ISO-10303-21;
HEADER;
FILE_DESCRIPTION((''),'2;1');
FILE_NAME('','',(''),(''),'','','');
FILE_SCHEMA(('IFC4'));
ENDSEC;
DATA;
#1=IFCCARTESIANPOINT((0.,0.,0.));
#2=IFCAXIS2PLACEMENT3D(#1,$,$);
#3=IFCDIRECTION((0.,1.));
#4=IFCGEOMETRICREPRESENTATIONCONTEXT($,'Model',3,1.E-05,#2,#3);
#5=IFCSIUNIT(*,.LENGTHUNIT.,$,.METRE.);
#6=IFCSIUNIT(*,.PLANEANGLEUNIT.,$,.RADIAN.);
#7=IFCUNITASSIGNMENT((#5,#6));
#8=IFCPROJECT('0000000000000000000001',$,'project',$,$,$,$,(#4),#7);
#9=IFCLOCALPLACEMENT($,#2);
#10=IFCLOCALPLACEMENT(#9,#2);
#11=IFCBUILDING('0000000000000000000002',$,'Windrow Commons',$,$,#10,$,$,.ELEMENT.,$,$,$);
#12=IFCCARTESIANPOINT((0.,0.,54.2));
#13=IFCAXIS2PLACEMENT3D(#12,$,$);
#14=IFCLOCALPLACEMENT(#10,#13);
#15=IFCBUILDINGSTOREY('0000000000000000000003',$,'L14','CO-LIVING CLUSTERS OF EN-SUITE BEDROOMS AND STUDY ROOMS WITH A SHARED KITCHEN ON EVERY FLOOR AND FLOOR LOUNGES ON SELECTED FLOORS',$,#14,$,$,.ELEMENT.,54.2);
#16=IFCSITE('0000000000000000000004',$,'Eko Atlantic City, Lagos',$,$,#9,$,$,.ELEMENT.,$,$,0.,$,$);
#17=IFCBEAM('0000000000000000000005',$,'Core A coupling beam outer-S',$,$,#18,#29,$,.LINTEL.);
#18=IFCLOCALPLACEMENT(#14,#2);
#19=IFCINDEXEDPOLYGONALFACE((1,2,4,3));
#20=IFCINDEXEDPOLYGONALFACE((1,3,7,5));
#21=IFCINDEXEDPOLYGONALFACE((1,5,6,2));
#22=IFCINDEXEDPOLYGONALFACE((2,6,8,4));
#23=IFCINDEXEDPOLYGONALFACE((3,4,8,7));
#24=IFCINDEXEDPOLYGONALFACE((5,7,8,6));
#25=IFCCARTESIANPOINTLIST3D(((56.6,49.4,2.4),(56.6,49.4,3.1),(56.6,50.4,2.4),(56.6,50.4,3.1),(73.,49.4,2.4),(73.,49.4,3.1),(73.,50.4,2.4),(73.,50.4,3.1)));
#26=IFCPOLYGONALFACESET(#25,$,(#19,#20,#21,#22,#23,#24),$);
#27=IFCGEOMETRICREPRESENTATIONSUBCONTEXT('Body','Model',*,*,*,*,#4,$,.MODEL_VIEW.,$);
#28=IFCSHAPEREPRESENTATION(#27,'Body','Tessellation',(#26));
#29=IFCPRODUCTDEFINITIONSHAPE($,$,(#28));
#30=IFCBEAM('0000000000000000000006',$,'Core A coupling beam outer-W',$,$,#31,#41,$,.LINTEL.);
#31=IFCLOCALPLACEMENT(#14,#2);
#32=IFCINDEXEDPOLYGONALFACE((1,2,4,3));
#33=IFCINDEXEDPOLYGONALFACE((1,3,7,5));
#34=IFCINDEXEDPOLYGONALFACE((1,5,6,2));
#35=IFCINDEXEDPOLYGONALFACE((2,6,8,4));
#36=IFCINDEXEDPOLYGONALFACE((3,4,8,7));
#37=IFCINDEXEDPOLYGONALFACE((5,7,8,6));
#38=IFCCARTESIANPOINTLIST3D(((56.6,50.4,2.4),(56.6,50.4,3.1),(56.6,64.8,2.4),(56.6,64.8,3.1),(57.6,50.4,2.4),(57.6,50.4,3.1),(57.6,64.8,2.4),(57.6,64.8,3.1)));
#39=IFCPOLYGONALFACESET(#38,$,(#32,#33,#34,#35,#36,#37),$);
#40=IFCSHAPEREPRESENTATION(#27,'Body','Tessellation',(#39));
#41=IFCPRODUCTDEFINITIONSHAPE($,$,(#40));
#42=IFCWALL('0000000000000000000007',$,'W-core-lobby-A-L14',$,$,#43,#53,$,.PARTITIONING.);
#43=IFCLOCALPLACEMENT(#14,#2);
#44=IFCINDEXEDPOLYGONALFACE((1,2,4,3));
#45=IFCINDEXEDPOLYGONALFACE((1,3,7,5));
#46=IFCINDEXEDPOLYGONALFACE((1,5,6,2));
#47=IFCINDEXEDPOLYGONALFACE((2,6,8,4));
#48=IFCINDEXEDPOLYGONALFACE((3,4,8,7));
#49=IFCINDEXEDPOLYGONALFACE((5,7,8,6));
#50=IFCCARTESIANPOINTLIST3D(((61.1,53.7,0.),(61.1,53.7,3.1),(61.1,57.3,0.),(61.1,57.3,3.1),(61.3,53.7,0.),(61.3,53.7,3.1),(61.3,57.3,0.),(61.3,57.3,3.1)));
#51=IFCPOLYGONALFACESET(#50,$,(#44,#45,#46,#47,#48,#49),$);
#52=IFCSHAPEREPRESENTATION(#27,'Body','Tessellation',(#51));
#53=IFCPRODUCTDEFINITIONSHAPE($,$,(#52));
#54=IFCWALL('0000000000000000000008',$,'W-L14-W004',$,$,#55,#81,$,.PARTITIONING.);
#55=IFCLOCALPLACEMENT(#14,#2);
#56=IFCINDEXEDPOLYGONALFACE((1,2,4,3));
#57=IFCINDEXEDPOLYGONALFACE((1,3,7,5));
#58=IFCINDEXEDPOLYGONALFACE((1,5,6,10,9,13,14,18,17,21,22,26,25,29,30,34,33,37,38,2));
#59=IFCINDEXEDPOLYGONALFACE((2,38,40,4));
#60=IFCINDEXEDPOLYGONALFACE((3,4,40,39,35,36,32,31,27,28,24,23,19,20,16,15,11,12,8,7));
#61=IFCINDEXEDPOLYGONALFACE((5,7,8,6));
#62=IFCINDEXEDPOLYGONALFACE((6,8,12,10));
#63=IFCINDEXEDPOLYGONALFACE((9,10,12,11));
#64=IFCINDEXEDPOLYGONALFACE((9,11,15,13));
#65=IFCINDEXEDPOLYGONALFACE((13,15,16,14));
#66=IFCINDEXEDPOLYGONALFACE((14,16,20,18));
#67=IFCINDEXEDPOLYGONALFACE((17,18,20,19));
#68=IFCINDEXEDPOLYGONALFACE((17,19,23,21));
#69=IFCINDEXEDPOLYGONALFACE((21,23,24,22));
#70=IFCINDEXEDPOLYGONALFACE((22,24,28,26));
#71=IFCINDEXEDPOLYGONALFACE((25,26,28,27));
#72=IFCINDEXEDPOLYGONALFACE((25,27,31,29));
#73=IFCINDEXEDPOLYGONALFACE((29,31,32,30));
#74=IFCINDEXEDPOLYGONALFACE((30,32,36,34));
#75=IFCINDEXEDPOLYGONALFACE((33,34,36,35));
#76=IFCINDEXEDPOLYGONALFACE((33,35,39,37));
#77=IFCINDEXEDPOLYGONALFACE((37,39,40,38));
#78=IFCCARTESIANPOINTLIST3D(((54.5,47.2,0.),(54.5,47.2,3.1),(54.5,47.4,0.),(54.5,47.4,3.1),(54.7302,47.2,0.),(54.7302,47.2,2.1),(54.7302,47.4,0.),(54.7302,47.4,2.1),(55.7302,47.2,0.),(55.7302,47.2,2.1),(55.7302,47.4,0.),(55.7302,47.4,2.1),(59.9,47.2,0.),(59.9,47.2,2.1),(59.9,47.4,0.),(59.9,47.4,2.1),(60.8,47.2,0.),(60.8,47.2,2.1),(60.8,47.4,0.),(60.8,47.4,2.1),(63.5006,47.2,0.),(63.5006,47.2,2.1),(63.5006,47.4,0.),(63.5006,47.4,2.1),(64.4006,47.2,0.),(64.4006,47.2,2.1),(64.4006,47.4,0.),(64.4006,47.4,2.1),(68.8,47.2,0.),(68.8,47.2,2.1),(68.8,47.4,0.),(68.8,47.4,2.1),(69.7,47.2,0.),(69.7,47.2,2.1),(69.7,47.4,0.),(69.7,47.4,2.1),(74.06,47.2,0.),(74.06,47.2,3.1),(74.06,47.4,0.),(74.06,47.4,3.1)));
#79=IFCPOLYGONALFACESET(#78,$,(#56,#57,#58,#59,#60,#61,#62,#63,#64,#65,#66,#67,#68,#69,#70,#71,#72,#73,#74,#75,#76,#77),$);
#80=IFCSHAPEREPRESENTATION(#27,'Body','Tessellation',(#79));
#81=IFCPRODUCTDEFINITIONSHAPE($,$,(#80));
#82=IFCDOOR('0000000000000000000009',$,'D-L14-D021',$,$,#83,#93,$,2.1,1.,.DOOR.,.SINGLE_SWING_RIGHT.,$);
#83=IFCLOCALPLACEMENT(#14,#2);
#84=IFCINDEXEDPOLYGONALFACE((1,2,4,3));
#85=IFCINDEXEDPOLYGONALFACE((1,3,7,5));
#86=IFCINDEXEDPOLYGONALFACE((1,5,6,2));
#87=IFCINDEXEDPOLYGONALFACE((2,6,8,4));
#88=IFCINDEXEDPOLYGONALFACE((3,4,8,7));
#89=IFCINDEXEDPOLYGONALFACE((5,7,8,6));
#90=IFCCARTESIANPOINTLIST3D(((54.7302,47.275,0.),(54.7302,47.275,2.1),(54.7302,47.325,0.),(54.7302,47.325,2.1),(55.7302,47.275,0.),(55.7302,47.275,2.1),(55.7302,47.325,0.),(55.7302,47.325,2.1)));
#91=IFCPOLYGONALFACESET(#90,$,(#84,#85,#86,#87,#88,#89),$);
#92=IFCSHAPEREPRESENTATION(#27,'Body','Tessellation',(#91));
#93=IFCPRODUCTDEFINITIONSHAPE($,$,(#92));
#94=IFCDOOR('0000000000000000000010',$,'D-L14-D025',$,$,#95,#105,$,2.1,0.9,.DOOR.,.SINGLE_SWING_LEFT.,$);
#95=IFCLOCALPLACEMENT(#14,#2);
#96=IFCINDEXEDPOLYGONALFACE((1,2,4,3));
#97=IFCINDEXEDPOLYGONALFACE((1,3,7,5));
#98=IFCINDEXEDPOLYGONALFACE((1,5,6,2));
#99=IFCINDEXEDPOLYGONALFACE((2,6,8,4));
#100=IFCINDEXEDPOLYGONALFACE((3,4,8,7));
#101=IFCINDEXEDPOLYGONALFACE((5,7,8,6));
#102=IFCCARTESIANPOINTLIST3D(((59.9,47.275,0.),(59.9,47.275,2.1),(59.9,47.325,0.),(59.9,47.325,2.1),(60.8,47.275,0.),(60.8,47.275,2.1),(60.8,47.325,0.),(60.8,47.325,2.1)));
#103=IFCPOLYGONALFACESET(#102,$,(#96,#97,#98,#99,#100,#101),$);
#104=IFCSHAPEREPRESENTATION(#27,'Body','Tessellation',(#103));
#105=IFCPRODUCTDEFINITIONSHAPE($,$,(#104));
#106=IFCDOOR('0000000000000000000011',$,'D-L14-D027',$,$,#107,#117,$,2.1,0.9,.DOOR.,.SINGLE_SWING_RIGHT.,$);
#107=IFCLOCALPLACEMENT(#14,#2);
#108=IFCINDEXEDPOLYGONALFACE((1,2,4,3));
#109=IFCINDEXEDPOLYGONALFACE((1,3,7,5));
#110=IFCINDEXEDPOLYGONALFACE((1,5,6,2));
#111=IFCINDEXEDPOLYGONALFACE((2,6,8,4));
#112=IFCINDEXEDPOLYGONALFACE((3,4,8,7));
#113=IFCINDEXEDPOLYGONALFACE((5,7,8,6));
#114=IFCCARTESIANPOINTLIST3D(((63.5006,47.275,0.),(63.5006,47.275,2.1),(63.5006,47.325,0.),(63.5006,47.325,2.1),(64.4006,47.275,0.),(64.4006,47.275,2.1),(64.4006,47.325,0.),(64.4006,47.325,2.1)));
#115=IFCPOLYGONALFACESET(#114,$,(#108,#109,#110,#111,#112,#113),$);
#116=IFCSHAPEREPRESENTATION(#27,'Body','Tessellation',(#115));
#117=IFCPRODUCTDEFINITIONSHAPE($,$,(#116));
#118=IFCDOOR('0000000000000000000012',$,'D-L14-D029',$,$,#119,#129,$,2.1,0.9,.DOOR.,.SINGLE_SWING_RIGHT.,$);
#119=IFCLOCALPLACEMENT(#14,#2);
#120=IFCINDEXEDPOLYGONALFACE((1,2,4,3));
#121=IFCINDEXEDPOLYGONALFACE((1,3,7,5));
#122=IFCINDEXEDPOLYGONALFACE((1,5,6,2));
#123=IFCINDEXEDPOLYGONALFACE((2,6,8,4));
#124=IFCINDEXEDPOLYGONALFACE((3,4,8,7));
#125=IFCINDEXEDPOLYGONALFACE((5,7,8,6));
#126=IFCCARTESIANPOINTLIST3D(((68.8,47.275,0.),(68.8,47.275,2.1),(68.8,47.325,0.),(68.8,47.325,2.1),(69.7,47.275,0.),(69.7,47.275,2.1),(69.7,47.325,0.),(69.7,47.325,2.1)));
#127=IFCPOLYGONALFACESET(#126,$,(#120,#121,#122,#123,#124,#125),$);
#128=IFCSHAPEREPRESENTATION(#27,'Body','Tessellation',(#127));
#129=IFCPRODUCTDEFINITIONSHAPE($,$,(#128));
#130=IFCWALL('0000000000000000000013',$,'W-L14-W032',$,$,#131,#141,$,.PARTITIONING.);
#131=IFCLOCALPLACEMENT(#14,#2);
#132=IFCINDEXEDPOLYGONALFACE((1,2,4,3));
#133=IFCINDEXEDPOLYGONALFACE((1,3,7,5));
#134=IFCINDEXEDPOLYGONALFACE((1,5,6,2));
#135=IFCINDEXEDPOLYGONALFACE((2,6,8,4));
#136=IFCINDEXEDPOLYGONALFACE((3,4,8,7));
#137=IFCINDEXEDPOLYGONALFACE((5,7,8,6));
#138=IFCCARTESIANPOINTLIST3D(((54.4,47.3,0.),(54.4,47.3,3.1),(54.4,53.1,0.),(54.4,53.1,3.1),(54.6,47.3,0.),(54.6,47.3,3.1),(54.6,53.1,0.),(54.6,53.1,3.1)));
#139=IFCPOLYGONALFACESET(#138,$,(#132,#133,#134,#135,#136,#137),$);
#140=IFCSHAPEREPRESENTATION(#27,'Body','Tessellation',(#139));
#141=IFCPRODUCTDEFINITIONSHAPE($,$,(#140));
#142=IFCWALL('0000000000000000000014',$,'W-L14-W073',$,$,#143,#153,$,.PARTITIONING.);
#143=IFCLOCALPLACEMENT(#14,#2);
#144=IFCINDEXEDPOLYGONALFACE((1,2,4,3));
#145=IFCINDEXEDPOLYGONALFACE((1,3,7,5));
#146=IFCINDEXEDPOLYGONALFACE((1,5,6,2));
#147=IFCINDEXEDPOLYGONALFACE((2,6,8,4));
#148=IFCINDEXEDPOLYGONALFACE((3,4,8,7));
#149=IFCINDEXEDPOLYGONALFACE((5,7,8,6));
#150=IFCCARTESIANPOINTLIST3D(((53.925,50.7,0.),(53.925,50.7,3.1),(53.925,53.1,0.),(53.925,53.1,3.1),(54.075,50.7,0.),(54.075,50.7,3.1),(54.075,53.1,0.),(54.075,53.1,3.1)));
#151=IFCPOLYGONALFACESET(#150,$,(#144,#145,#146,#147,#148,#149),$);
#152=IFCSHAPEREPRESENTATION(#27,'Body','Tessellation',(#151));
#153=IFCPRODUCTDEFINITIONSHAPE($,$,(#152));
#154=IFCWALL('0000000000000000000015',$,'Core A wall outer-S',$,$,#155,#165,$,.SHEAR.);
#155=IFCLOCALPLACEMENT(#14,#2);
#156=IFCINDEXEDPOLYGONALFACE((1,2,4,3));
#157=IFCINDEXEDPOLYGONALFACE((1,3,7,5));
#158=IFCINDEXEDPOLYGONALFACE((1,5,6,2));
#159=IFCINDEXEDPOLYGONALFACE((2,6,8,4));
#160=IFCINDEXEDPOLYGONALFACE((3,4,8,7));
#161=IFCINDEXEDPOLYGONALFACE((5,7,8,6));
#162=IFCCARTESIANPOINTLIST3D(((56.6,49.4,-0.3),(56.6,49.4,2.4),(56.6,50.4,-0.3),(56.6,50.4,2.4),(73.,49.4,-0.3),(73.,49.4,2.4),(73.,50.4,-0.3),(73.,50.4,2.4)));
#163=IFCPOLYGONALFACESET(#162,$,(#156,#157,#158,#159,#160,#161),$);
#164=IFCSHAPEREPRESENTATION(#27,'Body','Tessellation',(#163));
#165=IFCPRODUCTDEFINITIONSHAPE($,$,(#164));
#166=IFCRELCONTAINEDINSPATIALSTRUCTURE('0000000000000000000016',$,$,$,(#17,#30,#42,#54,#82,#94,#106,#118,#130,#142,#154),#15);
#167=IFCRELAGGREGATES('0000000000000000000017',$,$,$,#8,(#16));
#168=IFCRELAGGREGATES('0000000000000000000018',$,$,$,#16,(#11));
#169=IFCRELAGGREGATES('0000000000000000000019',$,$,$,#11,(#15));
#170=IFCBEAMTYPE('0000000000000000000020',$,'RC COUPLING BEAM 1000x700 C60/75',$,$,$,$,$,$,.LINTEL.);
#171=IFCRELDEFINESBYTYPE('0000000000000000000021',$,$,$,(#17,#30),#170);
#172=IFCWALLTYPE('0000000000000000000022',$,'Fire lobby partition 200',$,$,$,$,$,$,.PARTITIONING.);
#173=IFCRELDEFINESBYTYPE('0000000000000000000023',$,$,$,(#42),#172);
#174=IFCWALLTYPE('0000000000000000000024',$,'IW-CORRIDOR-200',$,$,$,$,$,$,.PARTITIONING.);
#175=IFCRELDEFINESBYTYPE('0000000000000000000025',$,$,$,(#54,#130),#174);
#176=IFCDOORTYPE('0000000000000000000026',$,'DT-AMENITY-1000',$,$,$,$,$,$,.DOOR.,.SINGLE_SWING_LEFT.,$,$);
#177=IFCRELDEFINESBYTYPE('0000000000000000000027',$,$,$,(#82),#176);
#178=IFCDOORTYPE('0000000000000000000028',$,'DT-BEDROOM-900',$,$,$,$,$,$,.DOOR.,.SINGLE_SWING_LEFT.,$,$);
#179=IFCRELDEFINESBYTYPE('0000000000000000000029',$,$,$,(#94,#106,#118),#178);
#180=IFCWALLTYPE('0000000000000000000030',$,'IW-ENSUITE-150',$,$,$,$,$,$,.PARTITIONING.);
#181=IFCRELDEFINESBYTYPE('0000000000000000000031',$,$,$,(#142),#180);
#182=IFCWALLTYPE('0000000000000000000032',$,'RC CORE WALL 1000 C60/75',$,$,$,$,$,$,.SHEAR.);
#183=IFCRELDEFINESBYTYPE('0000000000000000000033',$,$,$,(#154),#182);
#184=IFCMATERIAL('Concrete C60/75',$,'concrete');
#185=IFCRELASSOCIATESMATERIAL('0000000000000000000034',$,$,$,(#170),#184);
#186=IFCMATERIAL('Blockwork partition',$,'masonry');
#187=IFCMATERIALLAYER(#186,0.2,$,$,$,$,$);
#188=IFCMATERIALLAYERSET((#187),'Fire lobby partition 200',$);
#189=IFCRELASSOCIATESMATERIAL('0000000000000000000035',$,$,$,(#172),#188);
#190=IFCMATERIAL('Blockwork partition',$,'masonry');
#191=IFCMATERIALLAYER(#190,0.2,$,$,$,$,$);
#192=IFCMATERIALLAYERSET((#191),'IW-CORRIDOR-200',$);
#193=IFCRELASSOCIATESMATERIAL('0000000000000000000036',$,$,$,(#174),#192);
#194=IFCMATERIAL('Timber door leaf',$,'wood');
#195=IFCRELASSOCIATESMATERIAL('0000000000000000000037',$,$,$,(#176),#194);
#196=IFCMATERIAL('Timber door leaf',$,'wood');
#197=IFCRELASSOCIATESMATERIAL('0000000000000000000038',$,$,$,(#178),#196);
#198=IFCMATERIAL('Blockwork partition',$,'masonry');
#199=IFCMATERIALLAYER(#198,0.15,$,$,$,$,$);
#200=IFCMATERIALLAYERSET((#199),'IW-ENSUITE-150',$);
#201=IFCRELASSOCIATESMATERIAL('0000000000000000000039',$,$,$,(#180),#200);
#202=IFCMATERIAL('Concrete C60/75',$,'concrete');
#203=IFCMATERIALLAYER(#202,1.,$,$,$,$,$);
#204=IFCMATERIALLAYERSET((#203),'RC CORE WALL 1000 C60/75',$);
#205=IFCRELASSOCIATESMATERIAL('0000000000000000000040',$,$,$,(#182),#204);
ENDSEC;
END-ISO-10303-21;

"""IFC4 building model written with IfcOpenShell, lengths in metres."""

from ifc_helpers import new_model, si_unit, direction, frame, frame_2d, origin, origin_2d, place, context, subcontext, project, spatial, rectangle, extrude, material, layer, layer_set, material_profile, profile_set, type_object, element, fill, save


model = new_model("IFC4")

# Units and contexts
model_context = context("Model", 3, precision=1e-05, world=origin(), true_north=direction((0.0, 1.0)))
body_context = subcontext(model_context, "Body", "Model", "MODEL_VIEW")
ifc_project = project(units=[si_unit("LENGTHUNIT", "METRE"), si_unit("PLANEANGLEUNIT", "RADIAN")], contexts=[model_context])

# Site, building, storey
site_placement = place(None, origin())
site = spatial("IfcSite", under=ifc_project, at=site_placement, Name="Eko Atlantic City, Lagos", CompositionType="ELEMENT", RefElevation=0.0)
building_placement = place(site_placement, origin())
building = spatial("IfcBuilding", under=site, at=building_placement, Name="Windrow Commons", CompositionType="ELEMENT")
storey_placement = place(building_placement, frame((0.0, 0.0, 54.2)))
storey = spatial("IfcBuildingStorey", under=building, at=storey_placement, Name="L14", Description="CO-LIVING CLUSTERS OF EN-SUITE BEDROOMS AND STUDY ROOMS WITH A SHARED KITCHEN ON EVERY FLOOR AND FLOOR LOUNGES ON SELECTED FLOORS", CompositionType="ELEMENT", Elevation=54.2)

# Beams
ifc_material_1 = material(Name="Concrete C60/75", Category="concrete")
ifc_material_profile = material_profile(ifc_material_1, rectangle(XDim=1.0, YDim=0.7, at=origin_2d()))
ifc_profile_set = profile_set([ifc_material_profile], Name="Concrete C60/75")
beam_type = type_object("IfcBeamType", Name="RC COUPLING BEAM 1000x700 C60/75", PredefinedType="LINTEL", material=ifc_profile_set)
beam_1_placement = place(storey_placement, frame((56.6, 49.9, 2.75), z_axis=(1.0, 0.0, 0.0), x_axis=(0.0, 1.0, 0.0)))
element("IfcBeam", 1, at=beam_1_placement, inside=storey, type_object=beam_type, Name="Core A coupling beam outer-S", PredefinedType="LINTEL", context=body_context, shape_type="SweptSolid", body=[
    extrude(rectangle(XDim=1.0, YDim=0.7, at=origin_2d()), origin(), (0.0, 0.0, 1.0), 16.4),
])
beam_2_placement = place(storey_placement, frame((57.1, 50.4, 2.75), z_axis=(0.0, 1.0, 0.0), x_axis=(-1.0, 0.0, 0.0)))
element("IfcBeam", 2, at=beam_2_placement, inside=storey, type_object=beam_type, Name="Core A coupling beam outer-W", PredefinedType="LINTEL", context=body_context, shape_type="SweptSolid", body=[
    extrude(rectangle(XDim=1.0, YDim=0.7, at=origin_2d()), origin(), (0.0, 0.0, 1.0), 14.4),
])

# Wall
ifc_material_2 = material(Name="Blockwork partition", Category="masonry")
ifc_layer_1 = layer(ifc_material_2, 0.2)
ifc_layer_set_1 = layer_set([ifc_layer_1], Name="Fire lobby partition 200")
wall_type_1 = type_object("IfcWallType", Name="Fire lobby partition 200", PredefinedType="PARTITIONING", material=ifc_layer_set_1)
wall_1_placement = place(storey_placement, frame((61.2, 53.7, 0.0), z_axis=(0.0, 0.0, 1.0), x_axis=(0.0, 1.0, 0.0)))
element("IfcWall", 3, at=wall_1_placement, inside=storey, type_object=wall_type_1, Name="W-core-lobby-A-L14", PredefinedType="PARTITIONING", context=body_context, shape_type="SweptSolid", body=[
    extrude(rectangle(XDim=3.6, YDim=0.2, at=frame_2d((1.8, 0.0))), origin(), (0.0, 0.0, 1.0), 3.1),
])

# Wall, openings, doors
ifc_material_3 = material(Name="Blockwork partition", Category="masonry")
ifc_layer_2 = layer(ifc_material_3, 0.2)
ifc_layer_set_2 = layer_set([ifc_layer_2], Name="IW-CORRIDOR-200")
wall_type_2 = type_object("IfcWallType", Name="IW-CORRIDOR-200", PredefinedType="PARTITIONING", material=ifc_layer_set_2)
wall_2_placement = place(storey_placement, frame((54.5, 47.3, 0.0), z_axis=(0.0, 0.0, 1.0), x_axis=(1.0, 0.0, 0.0)))
wall_2 = element("IfcWall", 4, at=wall_2_placement, inside=storey, type_object=wall_type_2, Name="W-L14-W004", PredefinedType="PARTITIONING", context=body_context, shape_type="SweptSolid", body=[
    extrude(rectangle(XDim=19.56, YDim=0.2, at=frame_2d((9.78, 0.0))), origin(), (0.0, 0.0, 1.0), 3.1),
])
opening_1_placement = place(wall_2_placement, frame((0.2302, 0.0, 0.0)))
opening_1 = element("IfcOpeningElement", 5, at=opening_1_placement, cuts=wall_2, PredefinedType="OPENING", context=body_context, shape_type="SweptSolid", body=[
    extrude(rectangle(XDim=1.0, YDim=2.1, at=frame_2d((0.5, 1.05))), frame((0.0, 0.11, 0.0), z_axis=(0.0, -1.0, 0.0), x_axis=(1.0, 0.0, 0.0)), (0.0, 0.0, 1.0), 0.22),
])
opening_2_placement = place(wall_2_placement, frame((5.4, 0.0, 0.0)))
opening_2 = element("IfcOpeningElement", 6, at=opening_2_placement, cuts=wall_2, PredefinedType="OPENING", context=body_context, shape_type="SweptSolid", body=[
    extrude(rectangle(XDim=0.9, YDim=2.1, at=frame_2d((0.45, 1.05))), frame((0.0, 0.11, 0.0), z_axis=(0.0, -1.0, 0.0), x_axis=(1.0, 0.0, 0.0)), (0.0, 0.0, 1.0), 0.22),
])
opening_3_placement = place(wall_2_placement, frame((9.0006, 0.0, 0.0)))
opening_3 = element("IfcOpeningElement", 7, at=opening_3_placement, cuts=wall_2, PredefinedType="OPENING", context=body_context, shape_type="SweptSolid", body=[
    extrude(rectangle(XDim=0.9, YDim=2.1, at=frame_2d((0.45, 1.05))), frame((0.0, 0.11, 0.0), z_axis=(0.0, -1.0, 0.0), x_axis=(1.0, 0.0, 0.0)), (0.0, 0.0, 1.0), 0.22),
])
opening_4_placement = place(wall_2_placement, frame((14.3, 0.0, 0.0)))
opening_4 = element("IfcOpeningElement", 8, at=opening_4_placement, cuts=wall_2, PredefinedType="OPENING", context=body_context, shape_type="SweptSolid", body=[
    extrude(rectangle(XDim=0.9, YDim=2.1, at=frame_2d((0.45, 1.05))), frame((0.0, 0.11, 0.0), z_axis=(0.0, -1.0, 0.0), x_axis=(1.0, 0.0, 0.0)), (0.0, 0.0, 1.0), 0.22),
])
ifc_material_4 = material(Name="Timber door leaf", Category="wood")
door_type_1 = type_object("IfcDoorType", Name="DT-AMENITY-1000", OperationType="SINGLE_SWING_LEFT", PredefinedType="DOOR", material=ifc_material_4)
door_1_placement = place(opening_1_placement, origin())
door_1 = element("IfcDoor", 9, at=door_1_placement, inside=storey, type_object=door_type_1, Name="D-L14-D021", OperationType="SINGLE_SWING_RIGHT", OverallHeight=2.1, OverallWidth=1.0, PredefinedType="DOOR", context=body_context, shape_type="SweptSolid", body=[
    extrude(rectangle(XDim=1.0, YDim=2.1, at=frame_2d((0.5, 1.05))), frame((0.0, 0.025, 0.0), z_axis=(0.0, -1.0, 0.0), x_axis=(1.0, 0.0, 0.0)), (0.0, 0.0, 1.0), 0.05),
])
fill(opening_1, door_1)
ifc_material_5 = material(Name="Timber door leaf", Category="wood")
door_type_2 = type_object("IfcDoorType", Name="DT-BEDROOM-900", OperationType="SINGLE_SWING_LEFT", PredefinedType="DOOR", material=ifc_material_5)
door_2_placement = place(opening_2_placement, origin())
door_2 = element("IfcDoor", 10, at=door_2_placement, inside=storey, type_object=door_type_2, Name="D-L14-D025", OperationType="SINGLE_SWING_LEFT", OverallHeight=2.1, OverallWidth=0.9, PredefinedType="DOOR", context=body_context, shape_type="SweptSolid", body=[
    extrude(rectangle(XDim=0.9, YDim=2.1, at=frame_2d((0.45, 1.05))), frame((0.0, 0.025, 0.0), z_axis=(0.0, -1.0, 0.0), x_axis=(1.0, 0.0, 0.0)), (0.0, 0.0, 1.0), 0.05),
])
fill(opening_2, door_2)
door_3_placement = place(opening_3_placement, origin())
door_3 = element("IfcDoor", 11, at=door_3_placement, inside=storey, type_object=door_type_2, Name="D-L14-D027", OperationType="SINGLE_SWING_RIGHT", OverallHeight=2.1, OverallWidth=0.9, PredefinedType="DOOR", context=body_context, shape_type="SweptSolid", body=[
    extrude(rectangle(XDim=0.9, YDim=2.1, at=frame_2d((0.45, 1.05))), frame((0.0, 0.025, 0.0), z_axis=(0.0, -1.0, 0.0), x_axis=(1.0, 0.0, 0.0)), (0.0, 0.0, 1.0), 0.05),
])
fill(opening_3, door_3)
door_4_placement = place(opening_4_placement, origin())
door_4 = element("IfcDoor", 12, at=door_4_placement, inside=storey, type_object=door_type_2, Name="D-L14-D029", OperationType="SINGLE_SWING_RIGHT", OverallHeight=2.1, OverallWidth=0.9, PredefinedType="DOOR", context=body_context, shape_type="SweptSolid", body=[
    extrude(rectangle(XDim=0.9, YDim=2.1, at=frame_2d((0.45, 1.05))), frame((0.0, 0.025, 0.0), z_axis=(0.0, -1.0, 0.0), x_axis=(1.0, 0.0, 0.0)), (0.0, 0.0, 1.0), 0.05),
])
fill(opening_4, door_4)

# Walls
wall_3_placement = place(storey_placement, frame((54.5, 47.3, 0.0), z_axis=(0.0, 0.0, 1.0), x_axis=(0.0, 1.0, 0.0)))
element("IfcWall", 13, at=wall_3_placement, inside=storey, type_object=wall_type_2, Name="W-L14-W032", PredefinedType="PARTITIONING", context=body_context, shape_type="SweptSolid", body=[
    extrude(rectangle(XDim=5.8, YDim=0.2, at=frame_2d((2.9, 0.0))), origin(), (0.0, 0.0, 1.0), 3.1),
])
ifc_material_6 = material(Name="Blockwork partition", Category="masonry")
ifc_layer_3 = layer(ifc_material_6, 0.15)
ifc_layer_set_3 = layer_set([ifc_layer_3], Name="IW-ENSUITE-150")
wall_type_3 = type_object("IfcWallType", Name="IW-ENSUITE-150", PredefinedType="PARTITIONING", material=ifc_layer_set_3)
wall_4_placement = place(storey_placement, frame((54.0, 50.7, 0.0), z_axis=(0.0, 0.0, 1.0), x_axis=(0.0, 1.0, 0.0)))
element("IfcWall", 14, at=wall_4_placement, inside=storey, type_object=wall_type_3, Name="W-L14-W073", PredefinedType="PARTITIONING", context=body_context, shape_type="SweptSolid", body=[
    extrude(rectangle(XDim=2.4, YDim=0.15, at=frame_2d((1.2, 0.0))), origin(), (0.0, 0.0, 1.0), 3.1),
])
ifc_material_7 = material(Name="Concrete C60/75", Category="concrete")
ifc_layer_4 = layer(ifc_material_7, 1.0)
ifc_layer_set_4 = layer_set([ifc_layer_4], Name="RC CORE WALL 1000 C60/75")
wall_type_4 = type_object("IfcWallType", Name="RC CORE WALL 1000 C60/75", PredefinedType="SHEAR", material=ifc_layer_set_4)
wall_5_placement = place(storey_placement, frame((56.6, 49.9, -0.3), z_axis=(0.0, 0.0, 1.0), x_axis=(1.0, 0.0, 0.0)))
element("IfcWall", 15, at=wall_5_placement, inside=storey, type_object=wall_type_4, Name="Core A wall outer-S", PredefinedType="SHEAR", context=body_context, shape_type="SweptSolid", body=[
    extrude(rectangle(XDim=16.4, YDim=1.0, at=frame_2d((8.2, 0.0))), origin(), (0.0, 0.0, 1.0), 2.7),
])

save(model, "model.ifc")
